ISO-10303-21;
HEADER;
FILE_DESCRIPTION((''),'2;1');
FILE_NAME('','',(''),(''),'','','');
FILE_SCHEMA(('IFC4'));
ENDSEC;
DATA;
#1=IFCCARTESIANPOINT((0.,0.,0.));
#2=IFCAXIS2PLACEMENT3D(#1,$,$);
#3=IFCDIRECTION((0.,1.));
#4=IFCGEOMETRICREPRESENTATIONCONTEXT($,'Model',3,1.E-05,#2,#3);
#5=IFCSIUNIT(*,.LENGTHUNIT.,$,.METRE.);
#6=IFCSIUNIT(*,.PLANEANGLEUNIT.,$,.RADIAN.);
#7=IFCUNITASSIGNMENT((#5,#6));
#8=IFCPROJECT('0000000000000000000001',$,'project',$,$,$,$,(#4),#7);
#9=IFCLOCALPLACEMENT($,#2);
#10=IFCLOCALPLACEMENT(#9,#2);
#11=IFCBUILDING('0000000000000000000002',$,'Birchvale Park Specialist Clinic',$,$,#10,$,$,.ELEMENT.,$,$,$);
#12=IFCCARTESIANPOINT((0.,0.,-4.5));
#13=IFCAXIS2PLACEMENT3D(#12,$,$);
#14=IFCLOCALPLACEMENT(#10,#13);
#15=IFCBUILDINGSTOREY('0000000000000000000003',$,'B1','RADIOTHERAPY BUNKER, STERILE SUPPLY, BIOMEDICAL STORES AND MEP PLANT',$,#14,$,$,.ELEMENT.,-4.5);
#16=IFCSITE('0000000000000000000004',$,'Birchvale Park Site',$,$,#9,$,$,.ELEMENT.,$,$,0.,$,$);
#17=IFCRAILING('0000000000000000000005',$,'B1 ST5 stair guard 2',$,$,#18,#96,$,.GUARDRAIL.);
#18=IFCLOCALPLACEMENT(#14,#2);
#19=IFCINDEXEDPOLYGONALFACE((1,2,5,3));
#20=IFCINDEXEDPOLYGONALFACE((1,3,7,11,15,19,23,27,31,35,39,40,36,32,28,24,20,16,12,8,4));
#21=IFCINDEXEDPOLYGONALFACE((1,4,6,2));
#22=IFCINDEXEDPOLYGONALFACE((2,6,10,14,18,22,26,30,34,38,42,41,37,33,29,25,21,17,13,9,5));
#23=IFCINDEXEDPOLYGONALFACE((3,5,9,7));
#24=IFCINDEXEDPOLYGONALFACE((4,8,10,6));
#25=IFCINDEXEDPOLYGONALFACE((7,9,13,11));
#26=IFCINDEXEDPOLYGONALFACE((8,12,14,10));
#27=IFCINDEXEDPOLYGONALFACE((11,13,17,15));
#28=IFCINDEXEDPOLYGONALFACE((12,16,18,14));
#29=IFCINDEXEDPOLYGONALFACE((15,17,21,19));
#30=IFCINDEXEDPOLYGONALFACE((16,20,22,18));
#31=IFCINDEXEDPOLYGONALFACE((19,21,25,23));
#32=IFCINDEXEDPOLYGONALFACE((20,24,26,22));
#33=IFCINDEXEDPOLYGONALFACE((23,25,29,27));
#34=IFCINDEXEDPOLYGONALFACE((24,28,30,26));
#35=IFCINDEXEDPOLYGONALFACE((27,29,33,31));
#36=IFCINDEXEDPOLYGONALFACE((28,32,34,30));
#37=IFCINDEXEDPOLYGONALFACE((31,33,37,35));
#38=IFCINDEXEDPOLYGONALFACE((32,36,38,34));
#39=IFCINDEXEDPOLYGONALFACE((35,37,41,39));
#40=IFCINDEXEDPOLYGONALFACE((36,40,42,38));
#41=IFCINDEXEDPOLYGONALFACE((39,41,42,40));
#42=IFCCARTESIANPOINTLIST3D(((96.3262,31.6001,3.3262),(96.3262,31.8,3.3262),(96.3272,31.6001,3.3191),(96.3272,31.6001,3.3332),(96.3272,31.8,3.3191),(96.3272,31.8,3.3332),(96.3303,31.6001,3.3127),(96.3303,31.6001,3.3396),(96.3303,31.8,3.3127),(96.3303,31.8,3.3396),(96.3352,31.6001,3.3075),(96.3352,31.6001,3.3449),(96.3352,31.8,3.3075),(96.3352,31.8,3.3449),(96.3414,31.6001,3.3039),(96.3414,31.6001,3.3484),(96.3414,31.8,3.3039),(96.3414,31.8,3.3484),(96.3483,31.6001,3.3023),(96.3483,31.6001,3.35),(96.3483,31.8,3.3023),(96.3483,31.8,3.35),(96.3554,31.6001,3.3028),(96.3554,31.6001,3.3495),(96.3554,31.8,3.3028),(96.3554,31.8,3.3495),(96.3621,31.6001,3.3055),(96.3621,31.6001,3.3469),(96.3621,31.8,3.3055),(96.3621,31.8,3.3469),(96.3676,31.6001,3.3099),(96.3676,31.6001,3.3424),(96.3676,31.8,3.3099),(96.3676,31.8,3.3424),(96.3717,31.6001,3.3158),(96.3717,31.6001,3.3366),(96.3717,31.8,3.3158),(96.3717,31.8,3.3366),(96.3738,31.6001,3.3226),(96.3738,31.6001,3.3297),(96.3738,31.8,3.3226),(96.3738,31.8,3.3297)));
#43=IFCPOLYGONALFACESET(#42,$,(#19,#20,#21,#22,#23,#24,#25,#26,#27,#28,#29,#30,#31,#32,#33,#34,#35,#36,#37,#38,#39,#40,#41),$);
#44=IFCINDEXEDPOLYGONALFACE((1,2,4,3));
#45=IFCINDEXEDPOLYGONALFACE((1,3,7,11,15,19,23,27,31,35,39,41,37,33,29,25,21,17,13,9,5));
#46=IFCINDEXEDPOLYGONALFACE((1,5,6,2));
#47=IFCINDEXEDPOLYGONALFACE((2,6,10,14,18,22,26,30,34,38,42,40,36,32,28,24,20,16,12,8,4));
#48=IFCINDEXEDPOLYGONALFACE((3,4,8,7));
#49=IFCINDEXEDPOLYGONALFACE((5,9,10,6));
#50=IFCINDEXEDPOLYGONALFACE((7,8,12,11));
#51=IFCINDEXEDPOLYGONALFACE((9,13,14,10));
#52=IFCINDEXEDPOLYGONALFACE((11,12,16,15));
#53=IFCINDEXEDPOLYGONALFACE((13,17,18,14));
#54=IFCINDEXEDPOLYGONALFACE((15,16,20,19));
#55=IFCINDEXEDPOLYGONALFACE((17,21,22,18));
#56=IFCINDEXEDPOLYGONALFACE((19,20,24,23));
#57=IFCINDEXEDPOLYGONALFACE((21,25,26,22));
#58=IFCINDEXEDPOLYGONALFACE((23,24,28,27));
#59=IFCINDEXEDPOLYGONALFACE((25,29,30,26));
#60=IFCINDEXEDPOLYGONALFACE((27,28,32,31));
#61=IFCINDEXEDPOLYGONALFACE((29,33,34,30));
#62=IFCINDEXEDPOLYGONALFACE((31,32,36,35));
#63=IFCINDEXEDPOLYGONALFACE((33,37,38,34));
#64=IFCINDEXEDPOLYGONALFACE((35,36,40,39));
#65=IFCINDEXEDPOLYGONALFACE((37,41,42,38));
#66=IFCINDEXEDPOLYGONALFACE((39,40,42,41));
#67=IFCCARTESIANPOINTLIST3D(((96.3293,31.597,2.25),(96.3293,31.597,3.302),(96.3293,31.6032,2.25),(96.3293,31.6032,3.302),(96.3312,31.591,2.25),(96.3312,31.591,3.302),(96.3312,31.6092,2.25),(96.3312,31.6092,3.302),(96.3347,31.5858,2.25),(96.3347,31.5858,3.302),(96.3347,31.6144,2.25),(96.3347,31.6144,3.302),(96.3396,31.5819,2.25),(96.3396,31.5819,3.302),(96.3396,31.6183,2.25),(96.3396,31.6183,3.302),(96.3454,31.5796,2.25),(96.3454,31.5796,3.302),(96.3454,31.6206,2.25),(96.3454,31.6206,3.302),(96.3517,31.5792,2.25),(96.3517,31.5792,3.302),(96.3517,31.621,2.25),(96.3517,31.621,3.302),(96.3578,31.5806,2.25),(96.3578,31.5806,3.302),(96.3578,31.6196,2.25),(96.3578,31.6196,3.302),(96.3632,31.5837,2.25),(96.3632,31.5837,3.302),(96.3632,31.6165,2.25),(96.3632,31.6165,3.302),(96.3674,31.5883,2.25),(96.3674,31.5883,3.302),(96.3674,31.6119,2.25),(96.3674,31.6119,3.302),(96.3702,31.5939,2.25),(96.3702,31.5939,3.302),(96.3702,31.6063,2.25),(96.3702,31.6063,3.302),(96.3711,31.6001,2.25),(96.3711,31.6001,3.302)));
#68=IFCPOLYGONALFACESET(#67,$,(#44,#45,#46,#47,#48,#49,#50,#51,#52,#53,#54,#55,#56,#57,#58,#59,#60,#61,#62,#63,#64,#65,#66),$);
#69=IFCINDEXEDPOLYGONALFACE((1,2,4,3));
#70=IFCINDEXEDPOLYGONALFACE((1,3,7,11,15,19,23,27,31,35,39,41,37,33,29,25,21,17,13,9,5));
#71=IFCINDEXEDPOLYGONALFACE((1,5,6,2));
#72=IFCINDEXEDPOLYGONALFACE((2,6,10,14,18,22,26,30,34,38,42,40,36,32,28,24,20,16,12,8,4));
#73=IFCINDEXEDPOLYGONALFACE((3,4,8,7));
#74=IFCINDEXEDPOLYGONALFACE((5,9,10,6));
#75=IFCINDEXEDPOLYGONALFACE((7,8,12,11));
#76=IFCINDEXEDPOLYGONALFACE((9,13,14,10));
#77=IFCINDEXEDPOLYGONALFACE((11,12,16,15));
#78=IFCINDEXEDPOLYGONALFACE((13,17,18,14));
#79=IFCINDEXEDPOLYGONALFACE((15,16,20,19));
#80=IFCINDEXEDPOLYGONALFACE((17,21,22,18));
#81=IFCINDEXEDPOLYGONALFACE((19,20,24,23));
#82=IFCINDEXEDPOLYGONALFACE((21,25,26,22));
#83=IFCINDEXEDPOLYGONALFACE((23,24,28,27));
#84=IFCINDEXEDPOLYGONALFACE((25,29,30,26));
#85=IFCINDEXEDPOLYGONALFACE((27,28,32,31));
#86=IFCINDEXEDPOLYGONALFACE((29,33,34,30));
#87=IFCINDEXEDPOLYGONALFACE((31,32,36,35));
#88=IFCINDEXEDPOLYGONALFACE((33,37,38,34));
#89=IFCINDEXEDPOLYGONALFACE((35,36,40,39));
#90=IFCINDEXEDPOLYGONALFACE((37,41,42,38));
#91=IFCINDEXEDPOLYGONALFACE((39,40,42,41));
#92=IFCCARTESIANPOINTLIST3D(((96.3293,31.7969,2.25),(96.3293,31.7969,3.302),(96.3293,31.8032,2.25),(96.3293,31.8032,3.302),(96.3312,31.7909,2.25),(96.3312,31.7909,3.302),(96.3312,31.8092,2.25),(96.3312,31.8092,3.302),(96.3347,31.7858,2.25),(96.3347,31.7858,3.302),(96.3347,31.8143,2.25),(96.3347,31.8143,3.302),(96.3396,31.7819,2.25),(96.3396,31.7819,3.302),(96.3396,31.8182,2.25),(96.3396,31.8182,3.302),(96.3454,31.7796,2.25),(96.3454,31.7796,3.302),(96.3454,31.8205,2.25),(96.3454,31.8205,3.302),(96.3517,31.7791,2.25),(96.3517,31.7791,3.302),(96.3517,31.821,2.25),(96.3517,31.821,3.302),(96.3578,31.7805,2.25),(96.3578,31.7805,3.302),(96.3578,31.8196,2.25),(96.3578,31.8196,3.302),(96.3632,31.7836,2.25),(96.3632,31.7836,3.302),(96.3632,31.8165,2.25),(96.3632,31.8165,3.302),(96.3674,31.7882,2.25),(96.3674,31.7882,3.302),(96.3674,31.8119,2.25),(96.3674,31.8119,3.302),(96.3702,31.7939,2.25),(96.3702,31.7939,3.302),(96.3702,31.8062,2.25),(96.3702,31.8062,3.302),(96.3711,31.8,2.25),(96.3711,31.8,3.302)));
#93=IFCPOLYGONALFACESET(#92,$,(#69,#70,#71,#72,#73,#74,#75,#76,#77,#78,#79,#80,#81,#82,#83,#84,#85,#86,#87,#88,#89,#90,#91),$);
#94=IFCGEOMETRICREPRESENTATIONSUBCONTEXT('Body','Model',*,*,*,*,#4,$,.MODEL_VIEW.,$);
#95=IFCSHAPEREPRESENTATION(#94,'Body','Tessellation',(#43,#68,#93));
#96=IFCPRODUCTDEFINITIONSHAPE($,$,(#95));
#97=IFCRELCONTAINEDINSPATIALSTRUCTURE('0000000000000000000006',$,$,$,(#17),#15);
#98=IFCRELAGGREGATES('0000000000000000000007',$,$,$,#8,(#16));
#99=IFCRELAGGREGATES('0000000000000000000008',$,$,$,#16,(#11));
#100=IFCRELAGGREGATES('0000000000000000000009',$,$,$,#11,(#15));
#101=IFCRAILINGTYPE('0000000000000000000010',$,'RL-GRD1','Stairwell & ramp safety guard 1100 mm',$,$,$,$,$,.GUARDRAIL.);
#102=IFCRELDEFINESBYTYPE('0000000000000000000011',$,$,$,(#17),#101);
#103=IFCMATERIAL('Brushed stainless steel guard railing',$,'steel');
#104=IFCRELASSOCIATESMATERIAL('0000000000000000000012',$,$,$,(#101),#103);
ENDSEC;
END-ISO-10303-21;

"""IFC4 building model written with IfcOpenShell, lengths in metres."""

from ifc_helpers import new_model, si_unit, direction, frame, origin, origin_2d, place, context, subcontext, project, spatial, circle, extrude, material, type_object, element, save


model = new_model("IFC4")

# Units and contexts
model_context = context("Model", 3, precision=1e-05, world=origin(), true_north=direction((0.0, 1.0)))
body_context = subcontext(model_context, "Body", "Model", "MODEL_VIEW")
ifc_project = project(units=[si_unit("LENGTHUNIT", "METRE"), si_unit("PLANEANGLEUNIT", "RADIAN")], contexts=[model_context])

# Site, building, storey
site_placement = place(None, origin())
site = spatial("IfcSite", under=ifc_project, at=site_placement, Name="Birchvale Park Site", CompositionType="ELEMENT", RefElevation=0.0)
building_placement = place(site_placement, origin())
building = spatial("IfcBuilding", under=site, at=building_placement, Name="Birchvale Park Specialist Clinic", CompositionType="ELEMENT")
storey_placement = place(building_placement, frame((0.0, 0.0, -4.5)))
storey = spatial("IfcBuildingStorey", under=building, at=storey_placement, Name="B1", Description="RADIOTHERAPY BUNKER, STERILE SUPPLY, BIOMEDICAL STORES AND MEP PLANT", CompositionType="ELEMENT", Elevation=-4.5)

# Railing
ifc_material_1 = material(Name="Brushed stainless steel guard railing", Category="steel")
railing_type_1 = type_object("IfcRailingType", Name="RL-GRD1", Description="Stairwell & ramp safety guard 1100 mm", PredefinedType="GUARDRAIL", material=ifc_material_1)
railing_1_placement = place(storey_placement, frame((96.3501, 31.6001, 2.25)))
element("IfcRailing", 1, at=railing_1_placement, inside=storey, type_object=railing_type_1, Name="B1 ST5 stair guard 2", PredefinedType="GUARDRAIL", context=body_context, shape_type="SweptSolid", body=[
    extrude(circle(Radius=0.0239, at=origin_2d()), frame((0.0, 0.0, 1.0762), z_axis=(0.0, 1.0, 0.0), x_axis=(-1.0, 0.0, 0.0)), (0.0, 0.0, 1.0), 0.2),
    extrude(circle(Radius=0.021, at=origin_2d()), origin(), (0.0, 0.0, 1.0), 1.052),
    extrude(circle(Radius=0.021, at=origin_2d()), frame((0.0, 0.2, 0.0)), (0.0, 0.0, 1.0), 1.052),
])

save(model, "model.ifc")
